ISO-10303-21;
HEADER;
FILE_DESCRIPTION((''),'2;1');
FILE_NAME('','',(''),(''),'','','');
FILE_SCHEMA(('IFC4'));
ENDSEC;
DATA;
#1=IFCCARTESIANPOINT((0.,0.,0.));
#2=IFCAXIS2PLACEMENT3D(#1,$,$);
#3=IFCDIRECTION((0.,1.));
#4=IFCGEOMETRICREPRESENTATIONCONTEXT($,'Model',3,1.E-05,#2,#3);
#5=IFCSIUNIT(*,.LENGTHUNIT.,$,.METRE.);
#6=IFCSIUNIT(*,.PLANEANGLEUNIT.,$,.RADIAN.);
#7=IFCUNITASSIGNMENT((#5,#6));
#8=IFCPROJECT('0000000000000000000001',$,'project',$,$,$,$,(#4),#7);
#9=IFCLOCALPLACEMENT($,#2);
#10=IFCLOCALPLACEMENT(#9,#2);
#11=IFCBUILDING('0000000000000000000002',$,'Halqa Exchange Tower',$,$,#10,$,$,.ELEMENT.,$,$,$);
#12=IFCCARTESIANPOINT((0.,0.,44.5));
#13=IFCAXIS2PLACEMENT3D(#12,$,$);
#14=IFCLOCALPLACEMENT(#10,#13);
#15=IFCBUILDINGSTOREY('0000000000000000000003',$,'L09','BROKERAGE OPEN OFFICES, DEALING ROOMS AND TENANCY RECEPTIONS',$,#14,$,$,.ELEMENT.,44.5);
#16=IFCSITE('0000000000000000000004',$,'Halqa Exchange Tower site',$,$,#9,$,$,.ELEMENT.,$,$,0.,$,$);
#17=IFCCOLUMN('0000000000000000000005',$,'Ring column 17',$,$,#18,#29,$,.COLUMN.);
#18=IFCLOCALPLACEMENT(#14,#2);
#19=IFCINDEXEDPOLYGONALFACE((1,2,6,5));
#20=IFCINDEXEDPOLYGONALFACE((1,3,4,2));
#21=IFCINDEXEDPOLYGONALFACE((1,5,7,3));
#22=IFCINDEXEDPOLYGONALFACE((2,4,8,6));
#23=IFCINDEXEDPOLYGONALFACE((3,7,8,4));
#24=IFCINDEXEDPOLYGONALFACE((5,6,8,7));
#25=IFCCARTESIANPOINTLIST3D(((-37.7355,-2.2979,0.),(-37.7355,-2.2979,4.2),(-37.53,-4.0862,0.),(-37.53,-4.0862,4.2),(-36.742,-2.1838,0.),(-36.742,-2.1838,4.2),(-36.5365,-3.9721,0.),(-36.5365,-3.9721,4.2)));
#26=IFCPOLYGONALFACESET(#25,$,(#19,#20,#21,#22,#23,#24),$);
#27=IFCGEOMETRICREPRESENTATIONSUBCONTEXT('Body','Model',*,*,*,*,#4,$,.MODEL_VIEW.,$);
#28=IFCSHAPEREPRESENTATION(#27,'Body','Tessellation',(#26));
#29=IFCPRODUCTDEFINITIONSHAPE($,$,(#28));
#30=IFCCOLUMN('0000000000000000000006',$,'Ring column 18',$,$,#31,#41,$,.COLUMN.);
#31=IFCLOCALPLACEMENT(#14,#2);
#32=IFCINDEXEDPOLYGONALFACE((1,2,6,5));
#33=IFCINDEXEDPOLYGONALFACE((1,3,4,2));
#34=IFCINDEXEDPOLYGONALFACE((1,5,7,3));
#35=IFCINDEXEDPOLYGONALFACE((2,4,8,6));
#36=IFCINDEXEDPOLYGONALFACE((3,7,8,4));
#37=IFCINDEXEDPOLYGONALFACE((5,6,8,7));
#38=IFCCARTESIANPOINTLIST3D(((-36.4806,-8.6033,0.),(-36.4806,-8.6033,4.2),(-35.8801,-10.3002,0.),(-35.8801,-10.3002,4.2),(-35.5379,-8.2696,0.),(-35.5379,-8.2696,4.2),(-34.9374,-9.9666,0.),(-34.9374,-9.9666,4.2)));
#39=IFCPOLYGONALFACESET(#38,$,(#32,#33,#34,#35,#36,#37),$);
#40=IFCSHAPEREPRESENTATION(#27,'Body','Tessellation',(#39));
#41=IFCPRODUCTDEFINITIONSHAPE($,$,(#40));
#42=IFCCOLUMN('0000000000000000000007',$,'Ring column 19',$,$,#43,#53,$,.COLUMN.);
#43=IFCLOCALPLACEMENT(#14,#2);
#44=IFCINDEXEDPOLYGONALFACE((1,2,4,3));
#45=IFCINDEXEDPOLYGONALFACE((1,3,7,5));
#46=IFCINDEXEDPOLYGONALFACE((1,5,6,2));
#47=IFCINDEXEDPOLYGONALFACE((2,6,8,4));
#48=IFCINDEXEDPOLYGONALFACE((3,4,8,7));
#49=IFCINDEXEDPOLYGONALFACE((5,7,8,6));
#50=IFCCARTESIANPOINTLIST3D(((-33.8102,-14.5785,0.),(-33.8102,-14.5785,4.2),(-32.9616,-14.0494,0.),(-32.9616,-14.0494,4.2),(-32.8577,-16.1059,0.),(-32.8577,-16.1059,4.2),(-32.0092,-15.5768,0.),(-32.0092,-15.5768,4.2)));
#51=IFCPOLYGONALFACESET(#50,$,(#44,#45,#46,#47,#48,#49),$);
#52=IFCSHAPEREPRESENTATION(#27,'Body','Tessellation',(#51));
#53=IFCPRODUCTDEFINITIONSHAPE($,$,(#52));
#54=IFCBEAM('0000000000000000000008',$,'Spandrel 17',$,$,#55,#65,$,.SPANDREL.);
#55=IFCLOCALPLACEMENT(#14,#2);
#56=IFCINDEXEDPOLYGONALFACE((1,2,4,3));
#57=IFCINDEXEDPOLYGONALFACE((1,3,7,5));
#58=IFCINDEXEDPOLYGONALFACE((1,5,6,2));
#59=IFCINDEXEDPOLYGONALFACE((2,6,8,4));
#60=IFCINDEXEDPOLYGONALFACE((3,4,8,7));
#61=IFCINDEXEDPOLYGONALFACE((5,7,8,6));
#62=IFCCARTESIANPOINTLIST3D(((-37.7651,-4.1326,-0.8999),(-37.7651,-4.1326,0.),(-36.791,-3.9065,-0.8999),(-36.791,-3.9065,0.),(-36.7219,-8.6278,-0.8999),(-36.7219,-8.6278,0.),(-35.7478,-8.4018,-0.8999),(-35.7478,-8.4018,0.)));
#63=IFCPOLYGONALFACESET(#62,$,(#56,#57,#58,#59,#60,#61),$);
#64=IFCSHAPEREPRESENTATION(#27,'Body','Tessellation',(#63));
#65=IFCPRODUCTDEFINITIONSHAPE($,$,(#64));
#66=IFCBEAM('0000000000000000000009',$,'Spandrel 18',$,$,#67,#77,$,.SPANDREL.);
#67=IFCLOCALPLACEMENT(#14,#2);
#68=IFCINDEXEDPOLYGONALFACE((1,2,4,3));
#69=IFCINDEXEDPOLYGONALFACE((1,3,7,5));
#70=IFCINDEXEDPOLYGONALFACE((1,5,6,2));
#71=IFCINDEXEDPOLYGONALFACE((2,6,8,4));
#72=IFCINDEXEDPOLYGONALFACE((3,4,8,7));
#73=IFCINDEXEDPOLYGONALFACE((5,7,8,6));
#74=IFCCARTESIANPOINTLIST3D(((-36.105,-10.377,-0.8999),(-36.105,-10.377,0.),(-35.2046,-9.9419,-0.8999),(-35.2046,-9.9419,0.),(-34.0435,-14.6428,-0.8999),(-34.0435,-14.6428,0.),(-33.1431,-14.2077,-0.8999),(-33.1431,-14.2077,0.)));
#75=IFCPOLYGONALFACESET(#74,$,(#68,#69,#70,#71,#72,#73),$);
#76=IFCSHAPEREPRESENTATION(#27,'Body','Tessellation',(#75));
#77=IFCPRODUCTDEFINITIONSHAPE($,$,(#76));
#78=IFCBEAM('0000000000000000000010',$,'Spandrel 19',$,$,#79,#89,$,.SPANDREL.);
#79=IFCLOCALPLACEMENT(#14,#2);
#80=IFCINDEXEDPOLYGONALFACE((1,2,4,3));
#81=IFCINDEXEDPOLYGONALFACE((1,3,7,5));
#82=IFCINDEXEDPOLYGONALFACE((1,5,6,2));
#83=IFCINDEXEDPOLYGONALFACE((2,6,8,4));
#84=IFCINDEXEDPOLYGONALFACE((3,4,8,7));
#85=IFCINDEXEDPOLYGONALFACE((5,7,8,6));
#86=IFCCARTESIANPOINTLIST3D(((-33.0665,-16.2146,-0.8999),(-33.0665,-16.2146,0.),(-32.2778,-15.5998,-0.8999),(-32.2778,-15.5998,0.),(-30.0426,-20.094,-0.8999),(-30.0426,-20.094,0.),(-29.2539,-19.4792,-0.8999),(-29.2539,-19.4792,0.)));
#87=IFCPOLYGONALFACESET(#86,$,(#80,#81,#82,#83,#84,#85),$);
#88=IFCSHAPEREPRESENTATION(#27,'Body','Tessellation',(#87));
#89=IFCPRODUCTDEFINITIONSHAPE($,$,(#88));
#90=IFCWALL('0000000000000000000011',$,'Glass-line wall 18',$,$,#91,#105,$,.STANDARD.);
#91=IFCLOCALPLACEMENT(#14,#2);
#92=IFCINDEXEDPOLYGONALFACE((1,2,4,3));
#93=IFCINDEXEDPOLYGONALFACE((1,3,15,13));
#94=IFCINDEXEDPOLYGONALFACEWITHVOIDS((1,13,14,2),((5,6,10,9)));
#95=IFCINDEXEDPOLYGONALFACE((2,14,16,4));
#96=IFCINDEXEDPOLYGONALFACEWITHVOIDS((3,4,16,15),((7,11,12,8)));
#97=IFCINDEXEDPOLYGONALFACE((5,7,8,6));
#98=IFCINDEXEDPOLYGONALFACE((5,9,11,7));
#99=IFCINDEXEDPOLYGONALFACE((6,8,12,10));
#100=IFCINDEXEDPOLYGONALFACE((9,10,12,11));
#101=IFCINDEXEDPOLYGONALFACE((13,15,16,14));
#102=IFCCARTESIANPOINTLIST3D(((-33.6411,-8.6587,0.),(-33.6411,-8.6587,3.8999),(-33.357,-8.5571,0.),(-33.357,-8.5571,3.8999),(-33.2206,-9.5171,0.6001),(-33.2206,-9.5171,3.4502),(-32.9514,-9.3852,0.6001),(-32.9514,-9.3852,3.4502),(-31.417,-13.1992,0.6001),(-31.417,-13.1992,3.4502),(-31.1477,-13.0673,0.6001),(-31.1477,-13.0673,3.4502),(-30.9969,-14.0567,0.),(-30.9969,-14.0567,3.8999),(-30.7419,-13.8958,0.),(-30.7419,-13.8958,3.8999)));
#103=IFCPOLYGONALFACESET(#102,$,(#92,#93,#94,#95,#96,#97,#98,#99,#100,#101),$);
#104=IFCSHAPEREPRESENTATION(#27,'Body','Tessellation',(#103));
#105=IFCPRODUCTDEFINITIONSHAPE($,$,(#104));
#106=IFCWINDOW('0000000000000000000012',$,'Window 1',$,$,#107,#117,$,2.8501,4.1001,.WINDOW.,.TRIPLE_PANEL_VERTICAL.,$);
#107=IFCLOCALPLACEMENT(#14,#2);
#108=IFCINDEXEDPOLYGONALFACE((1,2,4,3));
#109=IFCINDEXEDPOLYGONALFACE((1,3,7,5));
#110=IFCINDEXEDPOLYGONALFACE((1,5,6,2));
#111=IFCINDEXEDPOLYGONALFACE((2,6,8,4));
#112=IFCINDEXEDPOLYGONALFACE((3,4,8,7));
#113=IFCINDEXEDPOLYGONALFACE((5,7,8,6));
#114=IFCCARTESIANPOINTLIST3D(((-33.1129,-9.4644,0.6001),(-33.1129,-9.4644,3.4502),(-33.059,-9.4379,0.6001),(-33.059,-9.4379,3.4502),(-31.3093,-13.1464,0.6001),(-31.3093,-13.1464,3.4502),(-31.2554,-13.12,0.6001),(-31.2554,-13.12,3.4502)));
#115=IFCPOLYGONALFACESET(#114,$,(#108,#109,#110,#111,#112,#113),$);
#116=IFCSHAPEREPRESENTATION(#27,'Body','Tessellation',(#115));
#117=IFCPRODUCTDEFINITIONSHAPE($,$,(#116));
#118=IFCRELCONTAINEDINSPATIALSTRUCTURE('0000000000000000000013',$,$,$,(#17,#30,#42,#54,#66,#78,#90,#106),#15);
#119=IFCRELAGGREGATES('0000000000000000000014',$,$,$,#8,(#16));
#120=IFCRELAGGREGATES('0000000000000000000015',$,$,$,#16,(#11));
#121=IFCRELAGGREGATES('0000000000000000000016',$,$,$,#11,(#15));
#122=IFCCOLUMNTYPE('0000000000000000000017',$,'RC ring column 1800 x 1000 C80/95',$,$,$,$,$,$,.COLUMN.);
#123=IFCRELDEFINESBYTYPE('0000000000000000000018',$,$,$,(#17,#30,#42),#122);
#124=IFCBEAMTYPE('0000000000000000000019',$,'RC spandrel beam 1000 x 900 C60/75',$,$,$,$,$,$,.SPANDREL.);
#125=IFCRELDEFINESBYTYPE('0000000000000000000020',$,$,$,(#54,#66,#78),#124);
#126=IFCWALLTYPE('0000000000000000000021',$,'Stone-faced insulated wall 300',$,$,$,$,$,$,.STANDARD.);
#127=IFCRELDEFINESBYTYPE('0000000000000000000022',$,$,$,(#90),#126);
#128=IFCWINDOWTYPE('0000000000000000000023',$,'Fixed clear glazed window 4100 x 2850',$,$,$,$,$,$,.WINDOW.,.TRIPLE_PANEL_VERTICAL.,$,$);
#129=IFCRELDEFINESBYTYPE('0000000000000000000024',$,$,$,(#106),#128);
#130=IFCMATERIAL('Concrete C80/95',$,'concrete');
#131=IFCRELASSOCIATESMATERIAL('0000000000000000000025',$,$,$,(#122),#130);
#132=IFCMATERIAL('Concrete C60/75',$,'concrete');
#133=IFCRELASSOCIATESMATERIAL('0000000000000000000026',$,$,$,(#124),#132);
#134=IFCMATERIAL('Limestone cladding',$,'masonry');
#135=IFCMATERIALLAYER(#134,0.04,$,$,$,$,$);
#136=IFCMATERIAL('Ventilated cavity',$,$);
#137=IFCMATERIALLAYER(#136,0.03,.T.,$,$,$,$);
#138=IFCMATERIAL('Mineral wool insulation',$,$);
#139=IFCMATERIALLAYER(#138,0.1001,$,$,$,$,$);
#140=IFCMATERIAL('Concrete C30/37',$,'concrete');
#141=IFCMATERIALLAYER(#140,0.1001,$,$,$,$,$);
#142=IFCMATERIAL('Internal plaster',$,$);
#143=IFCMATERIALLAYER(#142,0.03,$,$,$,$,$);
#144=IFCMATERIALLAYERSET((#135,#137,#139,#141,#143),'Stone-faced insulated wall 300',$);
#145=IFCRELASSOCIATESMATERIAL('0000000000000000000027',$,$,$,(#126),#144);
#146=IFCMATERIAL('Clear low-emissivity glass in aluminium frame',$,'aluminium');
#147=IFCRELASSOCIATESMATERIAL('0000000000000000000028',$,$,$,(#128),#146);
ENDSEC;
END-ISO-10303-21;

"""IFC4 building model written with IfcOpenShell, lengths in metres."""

from ifc_helpers import new_model, si_unit, direction, frame, frame_2d, origin, origin_2d, place, context, subcontext, project, spatial, polyline, rectangle, outline, extrude, material, layer, layer_set, material_profile, profile_set, type_object, element, fill, save


model = new_model("IFC4")

# Units and contexts
model_context = context("Model", 3, precision=1e-05, world=origin(), true_north=direction((0.0, 1.0)))
body_context = subcontext(model_context, "Body", "Model", "MODEL_VIEW")
ifc_project = project(units=[si_unit("LENGTHUNIT", "METRE"), si_unit("PLANEANGLEUNIT", "RADIAN")], contexts=[model_context])

# Site, building, storey
site_placement = place(None, origin())
site = spatial("IfcSite", under=ifc_project, at=site_placement, Name="Halqa Exchange Tower site", CompositionType="ELEMENT", RefElevation=0.0)
building_placement = place(site_placement, origin())
building = spatial("IfcBuilding", under=site, at=building_placement, Name="Halqa Exchange Tower", CompositionType="ELEMENT")
storey_placement = place(building_placement, frame((0.0, 0.0, 44.5)))
storey = spatial("IfcBuildingStorey", under=building, at=storey_placement, Name="L09", Description="BROKERAGE OPEN OFFICES, DEALING ROOMS AND TENANCY RECEPTIONS", CompositionType="ELEMENT", Elevation=44.5)

# Columns
ifc_material_1 = material(Name="Concrete C80/95", Category="concrete")
ifc_material_profile_1 = material_profile(ifc_material_1, rectangle(XDim=1.8, YDim=1.0, at=origin_2d()), Name="1800 x 1000")
ifc_profile_set_1 = profile_set([ifc_material_profile_1], Name="Concrete C80/95")
column_type = type_object("IfcColumnType", Name="RC ring column 1800 x 1000 C80/95", PredefinedType="COLUMN", material=ifc_profile_set_1)
for number, where, z_axis, x_axis, name in (
    (1, (-37.136, -3.135, 0.0), (0.0, 0.0, 1.0), (0.114153, -0.993463, 0.0), "Ring column 17"),
    (2, (-35.709, -9.2849, 0.0), (0.0, 0.0, 1.0), (0.333628, -0.942705, 0.0), "Ring column 18"),
    (3, (-32.9097, -15.0776, 0.0), (0.0, 0.0, 1.0), (0.529143, -0.848532, 0.0), "Ring column 19"),
):
    element("IfcColumn", number, at=place(storey_placement, frame(where, z_axis=z_axis, x_axis=x_axis)), inside=storey, type_object=column_type, Name=name, PredefinedType="COLUMN", context=body_context, shape_type="SweptSolid", body=[
        extrude(rectangle(XDim=1.8, YDim=1.0, at=origin_2d()), origin(), (0.0, 0.0, 1.0), 4.2),
    ])

# Beams
ifc_material_2 = material(Name="Concrete C60/75", Category="concrete")
ifc_material_profile_2 = material_profile(ifc_material_2, rectangle(XDim=1.0, YDim=0.8999, at=origin_2d()), Name="1000 x 900")
ifc_profile_set_2 = profile_set([ifc_material_profile_2], Name="Concrete C60/75")
beam_type = type_object("IfcBeamType", Name="RC spandrel beam 1000 x 900 C60/75", PredefinedType="SPANDREL", material=ifc_profile_set_2)
beam_1_placement = place(storey_placement, frame((-37.2781, -4.0195, -0.45), z_axis=(0.226057, -0.974114, 0.0), x_axis=(0.974114, 0.226057, 0.0)))
element("IfcBeam", 4, at=beam_1_placement, inside=storey, type_object=beam_type, Name="Spandrel 17", PredefinedType="SPANDREL", context=body_context, shape_type="SweptSolid", body=[
    extrude(rectangle(XDim=1.0, YDim=0.8999, at=origin_2d()), origin(), (0.0, 0.0, 1.0), 4.6147),
])
beam_2_placement = place(storey_placement, frame((-35.6548, -10.1594, -0.45), z_axis=(0.435115, -0.900375, 0.0), x_axis=(0.900375, 0.435115, 0.0)))
element("IfcBeam", 5, at=beam_2_placement, inside=storey, type_object=beam_type, Name="Spandrel 18", PredefinedType="SPANDREL", context=body_context, shape_type="SweptSolid", body=[
    extrude(rectangle(XDim=1.0, YDim=0.8999, at=origin_2d()), origin(), (0.0, 0.0, 1.0), 4.7378),
])
beam_3_placement = place(storey_placement, frame((-32.6721, -15.9072, -0.45), z_axis=(0.614779, -0.7887, 0.0), x_axis=(0.7887, 0.614779, 0.0)))
element("IfcBeam", 6, at=beam_3_placement, inside=storey, type_object=beam_type, Name="Spandrel 19", PredefinedType="SPANDREL", context=body_context, shape_type="SweptSolid", body=[
    extrude(rectangle(XDim=1.0, YDim=0.8999, at=origin_2d()), origin(), (0.0, 0.0, 1.0), 4.9187),
])

# Wall, opening, window
ifc_material_3 = material(Name="Limestone cladding", Category="masonry")
ifc_layer_1 = layer(ifc_material_3, 0.04)
ifc_material_4 = material(Name="Ventilated cavity")
ifc_layer_2 = layer(ifc_material_4, 0.03, ventilated=True)
ifc_material_5 = material(Name="Mineral wool insulation")
ifc_layer_3 = layer(ifc_material_5, 0.1001)
ifc_material_6 = material(Name="Concrete C30/37", Category="concrete")
ifc_layer_4 = layer(ifc_material_6, 0.1001)
ifc_material_7 = material(Name="Internal plaster")
ifc_layer_5 = layer(ifc_material_7, 0.03)
ifc_layer_set = layer_set([ifc_layer_1, ifc_layer_2, ifc_layer_3, ifc_layer_4, ifc_layer_5], Name="Stone-faced insulated wall 300")
wall_type = type_object("IfcWallType", Name="Stone-faced insulated wall 300", PredefinedType="STANDARD", material=ifc_layer_set)
wall_placement = place(storey_placement, frame((-33.499, -8.6079, 0.0), z_axis=(0.0, 0.0, 1.0), x_axis=(0.439896, -0.898049, 0.0)))
wall = element("IfcWall", 7, at=wall_placement, inside=storey, type_object=wall_type, Name="Glass-line wall 18", PredefinedType="STANDARD", context=body_context, shape_type="SweptSolid", body=[
    extrude(outline(polyline([(-0.0168, -0.1499), (5.9939, -0.1499), (5.9617, 0.1499), (0.0168, 0.1499), (-0.0168, -0.1499)])), origin(), (0.0, 0.0, 1.0), 3.8999),
])
opening_placement = place(wall_placement, frame((0.939, 0.0, 0.6001)))
opening = element("IfcOpeningElement", 8, at=opening_placement, cuts=wall, PredefinedType="OPENING", context=body_context, shape_type="SweptSolid", body=[
    extrude(rectangle(XDim=4.1001, YDim=2.8501, at=frame_2d((2.05, 1.425))), frame((0.0, 0.1621, 0.0), z_axis=(0.0, -1.0, 0.0), x_axis=(1.0, 0.0, 0.0)), (0.0, 0.0, 1.0), 0.324),
])
ifc_material_8 = material(Name="Clear low-emissivity glass in aluminium frame", Category="aluminium")
window_type = type_object("IfcWindowType", Name="Fixed clear glazed window 4100 x 2850", PartitioningType="TRIPLE_PANEL_VERTICAL", PredefinedType="WINDOW", material=ifc_material_8)
window_placement = place(opening_placement, origin())
window = element("IfcWindow", 9, at=window_placement, inside=storey, type_object=window_type, Name="Window 1", OverallHeight=2.8501, OverallWidth=4.1001, PartitioningType="TRIPLE_PANEL_VERTICAL", PredefinedType="WINDOW", context=body_context, shape_type="SweptSolid", body=[
    extrude(rectangle(XDim=4.1001, YDim=2.8501, at=frame_2d((2.05, 1.425))), frame((0.0, 0.03, 0.0), z_axis=(0.0, -1.0, 0.0), x_axis=(1.0, 0.0, 0.0)), (0.0, 0.0, 1.0), 0.0601),
])
fill(opening, window)

save(model, "model.ifc")
